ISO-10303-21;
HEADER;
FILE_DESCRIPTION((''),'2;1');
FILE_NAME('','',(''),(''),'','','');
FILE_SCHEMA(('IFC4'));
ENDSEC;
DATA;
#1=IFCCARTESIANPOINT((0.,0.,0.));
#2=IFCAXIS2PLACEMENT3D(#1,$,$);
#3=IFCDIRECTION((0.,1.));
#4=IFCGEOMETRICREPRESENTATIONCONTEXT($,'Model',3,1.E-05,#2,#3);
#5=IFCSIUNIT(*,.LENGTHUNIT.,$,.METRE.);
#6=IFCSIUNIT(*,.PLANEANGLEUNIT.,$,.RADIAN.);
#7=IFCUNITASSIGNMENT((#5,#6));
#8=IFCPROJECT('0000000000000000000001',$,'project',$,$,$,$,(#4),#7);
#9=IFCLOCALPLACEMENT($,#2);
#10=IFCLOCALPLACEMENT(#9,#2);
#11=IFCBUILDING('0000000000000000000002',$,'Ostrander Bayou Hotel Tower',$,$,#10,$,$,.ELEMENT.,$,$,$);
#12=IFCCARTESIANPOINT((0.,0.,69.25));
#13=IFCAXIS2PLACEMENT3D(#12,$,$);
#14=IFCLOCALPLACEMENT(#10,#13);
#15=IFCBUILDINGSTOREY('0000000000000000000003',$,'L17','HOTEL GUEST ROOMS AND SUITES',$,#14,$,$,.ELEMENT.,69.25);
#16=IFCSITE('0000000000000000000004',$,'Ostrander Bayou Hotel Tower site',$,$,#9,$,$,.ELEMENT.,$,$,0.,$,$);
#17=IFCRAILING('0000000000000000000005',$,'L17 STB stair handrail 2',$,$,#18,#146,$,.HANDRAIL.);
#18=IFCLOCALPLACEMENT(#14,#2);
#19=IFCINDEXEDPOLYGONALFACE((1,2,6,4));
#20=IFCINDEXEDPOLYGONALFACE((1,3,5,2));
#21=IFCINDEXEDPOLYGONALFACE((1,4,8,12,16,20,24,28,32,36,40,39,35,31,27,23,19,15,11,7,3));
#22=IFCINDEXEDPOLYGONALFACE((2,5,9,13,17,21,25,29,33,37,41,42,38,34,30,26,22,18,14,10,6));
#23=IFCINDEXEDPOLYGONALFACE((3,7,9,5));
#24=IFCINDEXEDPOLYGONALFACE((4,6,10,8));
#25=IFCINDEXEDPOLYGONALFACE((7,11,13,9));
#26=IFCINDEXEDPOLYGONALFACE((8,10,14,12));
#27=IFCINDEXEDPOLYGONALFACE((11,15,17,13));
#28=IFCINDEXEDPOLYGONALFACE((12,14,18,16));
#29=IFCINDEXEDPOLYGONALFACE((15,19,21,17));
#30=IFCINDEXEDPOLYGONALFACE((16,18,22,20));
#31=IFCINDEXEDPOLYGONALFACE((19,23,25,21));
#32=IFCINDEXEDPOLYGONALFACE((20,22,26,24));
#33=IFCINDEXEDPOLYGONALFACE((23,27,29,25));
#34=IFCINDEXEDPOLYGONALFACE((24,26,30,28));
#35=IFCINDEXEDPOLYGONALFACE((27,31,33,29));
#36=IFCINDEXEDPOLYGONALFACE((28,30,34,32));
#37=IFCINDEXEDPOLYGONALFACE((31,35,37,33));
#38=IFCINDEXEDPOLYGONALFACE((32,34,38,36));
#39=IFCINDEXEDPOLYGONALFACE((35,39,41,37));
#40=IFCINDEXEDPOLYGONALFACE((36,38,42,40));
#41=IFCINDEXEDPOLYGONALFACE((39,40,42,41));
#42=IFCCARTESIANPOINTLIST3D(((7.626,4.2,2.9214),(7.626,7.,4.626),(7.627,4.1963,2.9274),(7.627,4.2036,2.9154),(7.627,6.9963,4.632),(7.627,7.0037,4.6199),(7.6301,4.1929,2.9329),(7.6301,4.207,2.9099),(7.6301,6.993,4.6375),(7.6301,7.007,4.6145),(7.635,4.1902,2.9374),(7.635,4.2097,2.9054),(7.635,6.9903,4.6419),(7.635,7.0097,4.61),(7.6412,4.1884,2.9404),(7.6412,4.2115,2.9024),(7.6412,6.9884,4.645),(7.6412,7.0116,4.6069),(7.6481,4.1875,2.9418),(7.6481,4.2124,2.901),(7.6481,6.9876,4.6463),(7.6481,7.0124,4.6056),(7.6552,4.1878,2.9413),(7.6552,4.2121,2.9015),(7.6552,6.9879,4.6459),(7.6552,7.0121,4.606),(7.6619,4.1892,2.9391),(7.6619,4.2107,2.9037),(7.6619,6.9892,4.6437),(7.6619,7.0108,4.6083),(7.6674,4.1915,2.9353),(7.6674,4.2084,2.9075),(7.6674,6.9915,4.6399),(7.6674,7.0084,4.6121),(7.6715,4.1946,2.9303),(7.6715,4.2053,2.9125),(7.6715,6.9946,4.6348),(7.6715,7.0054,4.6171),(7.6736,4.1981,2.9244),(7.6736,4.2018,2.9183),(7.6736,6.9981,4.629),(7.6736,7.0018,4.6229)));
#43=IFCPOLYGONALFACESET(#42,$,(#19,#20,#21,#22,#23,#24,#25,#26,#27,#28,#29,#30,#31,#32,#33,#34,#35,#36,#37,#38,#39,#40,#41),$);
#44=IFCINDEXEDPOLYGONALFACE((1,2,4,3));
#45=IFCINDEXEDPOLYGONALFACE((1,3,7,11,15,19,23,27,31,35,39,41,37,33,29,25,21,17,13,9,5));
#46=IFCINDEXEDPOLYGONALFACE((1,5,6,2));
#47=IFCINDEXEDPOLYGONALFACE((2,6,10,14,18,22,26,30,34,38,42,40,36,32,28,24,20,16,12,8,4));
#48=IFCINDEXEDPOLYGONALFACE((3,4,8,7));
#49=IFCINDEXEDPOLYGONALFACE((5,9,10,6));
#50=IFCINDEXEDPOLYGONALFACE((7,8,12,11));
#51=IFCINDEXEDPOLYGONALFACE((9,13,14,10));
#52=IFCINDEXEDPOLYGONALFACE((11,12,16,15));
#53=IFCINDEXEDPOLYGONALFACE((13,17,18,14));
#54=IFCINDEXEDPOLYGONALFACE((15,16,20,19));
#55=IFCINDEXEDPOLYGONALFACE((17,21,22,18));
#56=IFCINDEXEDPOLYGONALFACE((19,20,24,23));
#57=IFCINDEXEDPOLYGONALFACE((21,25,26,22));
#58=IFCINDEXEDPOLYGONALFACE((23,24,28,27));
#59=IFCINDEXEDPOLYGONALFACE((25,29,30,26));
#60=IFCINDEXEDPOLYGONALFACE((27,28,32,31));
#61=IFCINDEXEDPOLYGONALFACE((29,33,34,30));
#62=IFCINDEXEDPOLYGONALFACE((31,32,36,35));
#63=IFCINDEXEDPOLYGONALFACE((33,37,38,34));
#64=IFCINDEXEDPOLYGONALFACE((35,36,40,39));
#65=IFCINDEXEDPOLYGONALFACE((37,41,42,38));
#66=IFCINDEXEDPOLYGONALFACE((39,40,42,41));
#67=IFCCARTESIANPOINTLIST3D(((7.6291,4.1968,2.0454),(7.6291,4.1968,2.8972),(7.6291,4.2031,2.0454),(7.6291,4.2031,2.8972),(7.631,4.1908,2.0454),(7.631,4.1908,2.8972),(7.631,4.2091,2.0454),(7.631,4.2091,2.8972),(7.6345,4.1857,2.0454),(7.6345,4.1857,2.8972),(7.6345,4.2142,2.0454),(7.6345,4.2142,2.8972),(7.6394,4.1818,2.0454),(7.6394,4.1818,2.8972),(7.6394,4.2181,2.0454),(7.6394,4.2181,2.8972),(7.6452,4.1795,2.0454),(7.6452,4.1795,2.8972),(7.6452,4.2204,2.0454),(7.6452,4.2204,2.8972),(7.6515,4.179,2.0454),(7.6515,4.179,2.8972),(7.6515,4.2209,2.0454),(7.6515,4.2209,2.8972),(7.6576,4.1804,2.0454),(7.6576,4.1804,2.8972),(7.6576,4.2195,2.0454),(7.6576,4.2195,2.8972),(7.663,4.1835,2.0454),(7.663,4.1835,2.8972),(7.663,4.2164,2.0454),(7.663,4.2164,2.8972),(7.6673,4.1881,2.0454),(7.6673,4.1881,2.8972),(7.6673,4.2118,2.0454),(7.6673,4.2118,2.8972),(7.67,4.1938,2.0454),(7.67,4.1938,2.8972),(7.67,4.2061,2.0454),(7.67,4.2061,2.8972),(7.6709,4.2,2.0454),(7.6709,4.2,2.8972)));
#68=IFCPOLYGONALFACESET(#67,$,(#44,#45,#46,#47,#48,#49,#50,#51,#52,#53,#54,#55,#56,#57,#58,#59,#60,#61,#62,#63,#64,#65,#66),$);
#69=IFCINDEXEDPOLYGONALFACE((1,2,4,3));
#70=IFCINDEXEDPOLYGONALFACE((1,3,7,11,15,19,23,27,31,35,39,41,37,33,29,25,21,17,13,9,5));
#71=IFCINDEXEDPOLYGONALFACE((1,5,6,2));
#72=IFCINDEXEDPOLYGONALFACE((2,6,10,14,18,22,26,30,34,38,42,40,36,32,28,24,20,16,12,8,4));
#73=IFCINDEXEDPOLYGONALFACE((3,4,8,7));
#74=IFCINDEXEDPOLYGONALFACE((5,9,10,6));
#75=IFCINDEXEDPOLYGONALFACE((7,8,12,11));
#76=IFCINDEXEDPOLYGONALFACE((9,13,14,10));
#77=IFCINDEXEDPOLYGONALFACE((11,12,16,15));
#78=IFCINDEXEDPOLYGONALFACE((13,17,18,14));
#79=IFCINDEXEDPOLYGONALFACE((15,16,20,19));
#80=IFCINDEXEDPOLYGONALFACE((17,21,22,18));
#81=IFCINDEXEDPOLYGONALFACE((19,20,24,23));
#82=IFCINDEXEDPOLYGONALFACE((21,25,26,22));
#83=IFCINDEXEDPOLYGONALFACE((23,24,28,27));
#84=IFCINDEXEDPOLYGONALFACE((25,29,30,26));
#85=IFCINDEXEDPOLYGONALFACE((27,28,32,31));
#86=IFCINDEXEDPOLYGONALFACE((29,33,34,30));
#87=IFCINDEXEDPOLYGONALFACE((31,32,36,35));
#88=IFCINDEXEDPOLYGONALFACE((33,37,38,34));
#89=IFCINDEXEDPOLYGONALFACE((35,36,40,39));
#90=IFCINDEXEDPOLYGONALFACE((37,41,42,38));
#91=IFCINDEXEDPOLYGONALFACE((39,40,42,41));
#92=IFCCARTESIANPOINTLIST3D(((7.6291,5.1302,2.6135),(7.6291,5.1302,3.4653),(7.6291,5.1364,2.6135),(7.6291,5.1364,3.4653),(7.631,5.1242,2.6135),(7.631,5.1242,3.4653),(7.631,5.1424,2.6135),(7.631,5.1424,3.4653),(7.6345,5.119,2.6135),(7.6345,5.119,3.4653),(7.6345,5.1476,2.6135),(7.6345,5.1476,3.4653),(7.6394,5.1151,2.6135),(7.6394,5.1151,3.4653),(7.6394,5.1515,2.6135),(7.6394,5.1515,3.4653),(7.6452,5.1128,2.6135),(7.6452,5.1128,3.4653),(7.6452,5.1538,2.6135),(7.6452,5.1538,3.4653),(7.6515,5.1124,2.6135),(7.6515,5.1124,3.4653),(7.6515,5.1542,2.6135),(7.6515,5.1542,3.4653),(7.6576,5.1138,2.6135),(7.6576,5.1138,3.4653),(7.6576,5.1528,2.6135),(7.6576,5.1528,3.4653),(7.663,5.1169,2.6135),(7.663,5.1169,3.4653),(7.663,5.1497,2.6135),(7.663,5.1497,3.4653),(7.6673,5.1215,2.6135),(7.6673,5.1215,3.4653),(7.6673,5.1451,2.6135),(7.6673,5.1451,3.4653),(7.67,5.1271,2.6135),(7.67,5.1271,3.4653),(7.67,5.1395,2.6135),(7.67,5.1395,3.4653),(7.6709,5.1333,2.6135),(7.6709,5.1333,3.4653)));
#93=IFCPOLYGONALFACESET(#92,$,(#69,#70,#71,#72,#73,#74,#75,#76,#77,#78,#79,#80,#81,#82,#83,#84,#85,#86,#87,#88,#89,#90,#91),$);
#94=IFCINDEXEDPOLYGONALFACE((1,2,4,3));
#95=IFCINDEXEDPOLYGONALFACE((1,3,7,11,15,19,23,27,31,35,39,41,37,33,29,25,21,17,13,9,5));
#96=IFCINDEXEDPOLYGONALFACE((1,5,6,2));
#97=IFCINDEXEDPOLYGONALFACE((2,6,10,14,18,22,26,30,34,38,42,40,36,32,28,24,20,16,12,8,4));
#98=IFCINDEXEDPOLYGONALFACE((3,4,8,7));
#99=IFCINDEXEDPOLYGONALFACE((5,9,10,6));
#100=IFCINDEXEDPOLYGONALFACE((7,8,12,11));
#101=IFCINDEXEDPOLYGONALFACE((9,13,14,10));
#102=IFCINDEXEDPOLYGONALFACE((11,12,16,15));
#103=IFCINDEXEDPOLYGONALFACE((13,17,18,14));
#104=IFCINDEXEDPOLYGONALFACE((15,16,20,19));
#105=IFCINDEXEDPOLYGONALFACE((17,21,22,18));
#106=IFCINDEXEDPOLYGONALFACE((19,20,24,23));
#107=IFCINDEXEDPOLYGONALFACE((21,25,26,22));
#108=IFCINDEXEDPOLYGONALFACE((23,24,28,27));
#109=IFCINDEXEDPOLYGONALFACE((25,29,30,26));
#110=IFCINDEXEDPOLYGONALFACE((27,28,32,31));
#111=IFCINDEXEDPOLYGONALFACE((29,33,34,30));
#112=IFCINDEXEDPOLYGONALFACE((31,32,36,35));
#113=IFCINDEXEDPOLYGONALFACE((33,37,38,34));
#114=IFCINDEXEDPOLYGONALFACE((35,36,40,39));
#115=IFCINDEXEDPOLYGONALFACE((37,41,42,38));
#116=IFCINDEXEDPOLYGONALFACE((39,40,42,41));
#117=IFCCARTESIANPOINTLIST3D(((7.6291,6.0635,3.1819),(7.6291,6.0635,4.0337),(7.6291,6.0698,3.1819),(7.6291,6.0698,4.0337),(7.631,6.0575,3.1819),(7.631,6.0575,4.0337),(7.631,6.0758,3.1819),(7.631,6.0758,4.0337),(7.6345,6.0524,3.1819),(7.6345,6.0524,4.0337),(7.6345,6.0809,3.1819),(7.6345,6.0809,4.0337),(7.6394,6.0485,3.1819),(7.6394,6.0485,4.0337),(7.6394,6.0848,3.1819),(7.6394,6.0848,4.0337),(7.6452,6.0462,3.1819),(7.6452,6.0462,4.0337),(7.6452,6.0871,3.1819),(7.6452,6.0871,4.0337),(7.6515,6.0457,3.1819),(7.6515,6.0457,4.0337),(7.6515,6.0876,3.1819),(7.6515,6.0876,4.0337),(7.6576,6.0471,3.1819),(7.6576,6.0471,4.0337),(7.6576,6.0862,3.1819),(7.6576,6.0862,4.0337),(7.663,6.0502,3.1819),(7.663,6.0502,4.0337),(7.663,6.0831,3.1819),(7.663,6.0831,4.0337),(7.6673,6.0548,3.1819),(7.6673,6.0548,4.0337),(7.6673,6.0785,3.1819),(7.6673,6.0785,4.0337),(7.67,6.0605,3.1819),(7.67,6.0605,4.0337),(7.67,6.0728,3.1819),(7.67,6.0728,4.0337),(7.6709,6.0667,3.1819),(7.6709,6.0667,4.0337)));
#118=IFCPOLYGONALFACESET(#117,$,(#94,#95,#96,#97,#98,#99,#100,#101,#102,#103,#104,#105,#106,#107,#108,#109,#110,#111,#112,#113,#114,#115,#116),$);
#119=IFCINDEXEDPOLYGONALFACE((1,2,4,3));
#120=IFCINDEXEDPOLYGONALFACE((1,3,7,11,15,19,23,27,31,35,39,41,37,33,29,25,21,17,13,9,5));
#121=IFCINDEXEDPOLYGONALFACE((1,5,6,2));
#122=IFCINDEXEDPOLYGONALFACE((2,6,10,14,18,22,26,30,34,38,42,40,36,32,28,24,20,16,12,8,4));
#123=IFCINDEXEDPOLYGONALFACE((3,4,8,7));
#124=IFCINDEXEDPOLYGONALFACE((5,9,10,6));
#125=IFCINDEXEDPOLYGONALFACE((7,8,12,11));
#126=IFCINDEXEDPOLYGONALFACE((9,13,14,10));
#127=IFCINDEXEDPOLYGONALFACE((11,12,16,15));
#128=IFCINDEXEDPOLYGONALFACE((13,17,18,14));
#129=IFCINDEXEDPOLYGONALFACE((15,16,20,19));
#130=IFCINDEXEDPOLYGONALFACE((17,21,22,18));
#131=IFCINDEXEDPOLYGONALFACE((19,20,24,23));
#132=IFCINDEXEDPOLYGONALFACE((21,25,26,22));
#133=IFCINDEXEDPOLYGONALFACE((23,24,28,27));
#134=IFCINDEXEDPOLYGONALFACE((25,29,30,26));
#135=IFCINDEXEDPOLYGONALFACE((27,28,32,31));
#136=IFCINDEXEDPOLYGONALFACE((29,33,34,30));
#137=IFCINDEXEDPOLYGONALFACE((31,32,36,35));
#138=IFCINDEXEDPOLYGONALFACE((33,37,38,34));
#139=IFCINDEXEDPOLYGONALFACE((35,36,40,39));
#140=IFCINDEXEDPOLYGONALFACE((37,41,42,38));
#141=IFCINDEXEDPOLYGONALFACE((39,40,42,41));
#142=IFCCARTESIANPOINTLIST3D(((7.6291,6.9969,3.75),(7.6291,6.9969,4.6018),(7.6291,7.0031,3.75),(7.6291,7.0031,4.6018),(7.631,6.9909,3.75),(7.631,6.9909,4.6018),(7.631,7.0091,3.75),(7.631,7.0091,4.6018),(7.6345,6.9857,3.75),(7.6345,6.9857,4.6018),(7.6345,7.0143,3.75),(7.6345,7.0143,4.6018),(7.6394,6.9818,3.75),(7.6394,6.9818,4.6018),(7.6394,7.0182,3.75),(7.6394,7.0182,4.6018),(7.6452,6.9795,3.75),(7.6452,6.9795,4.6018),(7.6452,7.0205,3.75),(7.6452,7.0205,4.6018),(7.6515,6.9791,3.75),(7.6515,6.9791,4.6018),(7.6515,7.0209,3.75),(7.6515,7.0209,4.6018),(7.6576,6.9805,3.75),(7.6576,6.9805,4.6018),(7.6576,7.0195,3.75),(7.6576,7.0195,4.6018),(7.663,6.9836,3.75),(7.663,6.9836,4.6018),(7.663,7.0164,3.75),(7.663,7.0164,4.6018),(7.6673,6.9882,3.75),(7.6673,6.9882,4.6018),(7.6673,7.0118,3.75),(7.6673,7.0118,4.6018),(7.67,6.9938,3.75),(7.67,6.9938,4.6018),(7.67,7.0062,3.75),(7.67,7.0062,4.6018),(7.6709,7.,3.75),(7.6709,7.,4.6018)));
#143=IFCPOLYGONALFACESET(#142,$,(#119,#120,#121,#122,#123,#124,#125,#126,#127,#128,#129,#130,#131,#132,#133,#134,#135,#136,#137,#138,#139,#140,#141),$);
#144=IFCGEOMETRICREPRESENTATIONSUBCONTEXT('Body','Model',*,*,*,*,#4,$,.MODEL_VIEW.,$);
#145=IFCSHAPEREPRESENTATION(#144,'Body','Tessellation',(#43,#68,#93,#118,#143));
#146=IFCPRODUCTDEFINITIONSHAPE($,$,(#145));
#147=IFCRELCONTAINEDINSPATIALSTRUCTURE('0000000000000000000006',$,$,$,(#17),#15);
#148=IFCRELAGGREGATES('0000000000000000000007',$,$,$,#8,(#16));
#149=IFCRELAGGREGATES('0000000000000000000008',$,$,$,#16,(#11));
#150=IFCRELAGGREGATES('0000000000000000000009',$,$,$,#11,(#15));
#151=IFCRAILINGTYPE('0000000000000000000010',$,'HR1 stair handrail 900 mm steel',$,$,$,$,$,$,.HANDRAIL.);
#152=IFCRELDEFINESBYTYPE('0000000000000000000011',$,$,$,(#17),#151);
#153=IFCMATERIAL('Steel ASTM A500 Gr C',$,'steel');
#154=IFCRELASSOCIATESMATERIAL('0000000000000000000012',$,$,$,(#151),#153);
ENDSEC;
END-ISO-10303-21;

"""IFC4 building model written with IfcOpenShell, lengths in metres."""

from ifc_helpers import new_model, si_unit, direction, frame, origin, origin_2d, place, context, subcontext, project, spatial, circle, extrude, material, type_object, element, save


model = new_model("IFC4")

# Units and contexts
model_context = context("Model", 3, precision=1e-05, world=origin(), true_north=direction((0.0, 1.0)))
body_context = subcontext(model_context, "Body", "Model", "MODEL_VIEW")
ifc_project = project(units=[si_unit("LENGTHUNIT", "METRE"), si_unit("PLANEANGLEUNIT", "RADIAN")], contexts=[model_context])

# Site, building, storey
site_placement = place(None, origin())
site = spatial("IfcSite", under=ifc_project, at=site_placement, Name="Ostrander Bayou Hotel Tower site", CompositionType="ELEMENT", RefElevation=0.0)
building_placement = place(site_placement, origin())
building = spatial("IfcBuilding", under=site, at=building_placement, Name="Ostrander Bayou Hotel Tower", CompositionType="ELEMENT")
storey_placement = place(building_placement, frame((0.0, 0.0, 69.25)))
storey = spatial("IfcBuildingStorey", under=building, at=storey_placement, Name="L17", Description="HOTEL GUEST ROOMS AND SUITES", CompositionType="ELEMENT", Elevation=69.25)

# Railing
ifc_material_1 = material(Name="Steel ASTM A500 Gr C", Category="steel")
railing_type_1 = type_object("IfcRailingType", Name="HR1 stair handrail 900 mm steel", PredefinedType="HANDRAIL", material=ifc_material_1)
railing_1_placement = place(storey_placement, frame((7.6499, 4.2, 2.0454)))
element("IfcRailing", 1, at=railing_1_placement, inside=storey, type_object=railing_type_1, Name="L17 STB stair handrail 2", PredefinedType="HANDRAIL", context=body_context, shape_type="SweptSolid", body=[
    extrude(circle(Radius=0.0239, at=origin_2d()), frame((0.0, 0.0, 0.876), z_axis=(0.0, 0.85417, 0.519994), x_axis=(-1.0, 0.0, 0.0)), (0.0, 0.0, 1.0), 3.2781),
    extrude(circle(Radius=0.021, at=origin_2d()), origin(), (0.0, 0.0, 1.0), 0.8518),
    extrude(circle(Radius=0.021, at=origin_2d()), frame((0.0, 0.9333, 0.5681)), (0.0, 0.0, 1.0), 0.8518),
    extrude(circle(Radius=0.021, at=origin_2d()), frame((0.0, 1.8667, 1.1365)), (0.0, 0.0, 1.0), 0.8518),
    extrude(circle(Radius=0.021, at=origin_2d()), frame((0.0, 2.8, 1.7046)), (0.0, 0.0, 1.0), 0.8518),
])

save(model, "model.ifc")
